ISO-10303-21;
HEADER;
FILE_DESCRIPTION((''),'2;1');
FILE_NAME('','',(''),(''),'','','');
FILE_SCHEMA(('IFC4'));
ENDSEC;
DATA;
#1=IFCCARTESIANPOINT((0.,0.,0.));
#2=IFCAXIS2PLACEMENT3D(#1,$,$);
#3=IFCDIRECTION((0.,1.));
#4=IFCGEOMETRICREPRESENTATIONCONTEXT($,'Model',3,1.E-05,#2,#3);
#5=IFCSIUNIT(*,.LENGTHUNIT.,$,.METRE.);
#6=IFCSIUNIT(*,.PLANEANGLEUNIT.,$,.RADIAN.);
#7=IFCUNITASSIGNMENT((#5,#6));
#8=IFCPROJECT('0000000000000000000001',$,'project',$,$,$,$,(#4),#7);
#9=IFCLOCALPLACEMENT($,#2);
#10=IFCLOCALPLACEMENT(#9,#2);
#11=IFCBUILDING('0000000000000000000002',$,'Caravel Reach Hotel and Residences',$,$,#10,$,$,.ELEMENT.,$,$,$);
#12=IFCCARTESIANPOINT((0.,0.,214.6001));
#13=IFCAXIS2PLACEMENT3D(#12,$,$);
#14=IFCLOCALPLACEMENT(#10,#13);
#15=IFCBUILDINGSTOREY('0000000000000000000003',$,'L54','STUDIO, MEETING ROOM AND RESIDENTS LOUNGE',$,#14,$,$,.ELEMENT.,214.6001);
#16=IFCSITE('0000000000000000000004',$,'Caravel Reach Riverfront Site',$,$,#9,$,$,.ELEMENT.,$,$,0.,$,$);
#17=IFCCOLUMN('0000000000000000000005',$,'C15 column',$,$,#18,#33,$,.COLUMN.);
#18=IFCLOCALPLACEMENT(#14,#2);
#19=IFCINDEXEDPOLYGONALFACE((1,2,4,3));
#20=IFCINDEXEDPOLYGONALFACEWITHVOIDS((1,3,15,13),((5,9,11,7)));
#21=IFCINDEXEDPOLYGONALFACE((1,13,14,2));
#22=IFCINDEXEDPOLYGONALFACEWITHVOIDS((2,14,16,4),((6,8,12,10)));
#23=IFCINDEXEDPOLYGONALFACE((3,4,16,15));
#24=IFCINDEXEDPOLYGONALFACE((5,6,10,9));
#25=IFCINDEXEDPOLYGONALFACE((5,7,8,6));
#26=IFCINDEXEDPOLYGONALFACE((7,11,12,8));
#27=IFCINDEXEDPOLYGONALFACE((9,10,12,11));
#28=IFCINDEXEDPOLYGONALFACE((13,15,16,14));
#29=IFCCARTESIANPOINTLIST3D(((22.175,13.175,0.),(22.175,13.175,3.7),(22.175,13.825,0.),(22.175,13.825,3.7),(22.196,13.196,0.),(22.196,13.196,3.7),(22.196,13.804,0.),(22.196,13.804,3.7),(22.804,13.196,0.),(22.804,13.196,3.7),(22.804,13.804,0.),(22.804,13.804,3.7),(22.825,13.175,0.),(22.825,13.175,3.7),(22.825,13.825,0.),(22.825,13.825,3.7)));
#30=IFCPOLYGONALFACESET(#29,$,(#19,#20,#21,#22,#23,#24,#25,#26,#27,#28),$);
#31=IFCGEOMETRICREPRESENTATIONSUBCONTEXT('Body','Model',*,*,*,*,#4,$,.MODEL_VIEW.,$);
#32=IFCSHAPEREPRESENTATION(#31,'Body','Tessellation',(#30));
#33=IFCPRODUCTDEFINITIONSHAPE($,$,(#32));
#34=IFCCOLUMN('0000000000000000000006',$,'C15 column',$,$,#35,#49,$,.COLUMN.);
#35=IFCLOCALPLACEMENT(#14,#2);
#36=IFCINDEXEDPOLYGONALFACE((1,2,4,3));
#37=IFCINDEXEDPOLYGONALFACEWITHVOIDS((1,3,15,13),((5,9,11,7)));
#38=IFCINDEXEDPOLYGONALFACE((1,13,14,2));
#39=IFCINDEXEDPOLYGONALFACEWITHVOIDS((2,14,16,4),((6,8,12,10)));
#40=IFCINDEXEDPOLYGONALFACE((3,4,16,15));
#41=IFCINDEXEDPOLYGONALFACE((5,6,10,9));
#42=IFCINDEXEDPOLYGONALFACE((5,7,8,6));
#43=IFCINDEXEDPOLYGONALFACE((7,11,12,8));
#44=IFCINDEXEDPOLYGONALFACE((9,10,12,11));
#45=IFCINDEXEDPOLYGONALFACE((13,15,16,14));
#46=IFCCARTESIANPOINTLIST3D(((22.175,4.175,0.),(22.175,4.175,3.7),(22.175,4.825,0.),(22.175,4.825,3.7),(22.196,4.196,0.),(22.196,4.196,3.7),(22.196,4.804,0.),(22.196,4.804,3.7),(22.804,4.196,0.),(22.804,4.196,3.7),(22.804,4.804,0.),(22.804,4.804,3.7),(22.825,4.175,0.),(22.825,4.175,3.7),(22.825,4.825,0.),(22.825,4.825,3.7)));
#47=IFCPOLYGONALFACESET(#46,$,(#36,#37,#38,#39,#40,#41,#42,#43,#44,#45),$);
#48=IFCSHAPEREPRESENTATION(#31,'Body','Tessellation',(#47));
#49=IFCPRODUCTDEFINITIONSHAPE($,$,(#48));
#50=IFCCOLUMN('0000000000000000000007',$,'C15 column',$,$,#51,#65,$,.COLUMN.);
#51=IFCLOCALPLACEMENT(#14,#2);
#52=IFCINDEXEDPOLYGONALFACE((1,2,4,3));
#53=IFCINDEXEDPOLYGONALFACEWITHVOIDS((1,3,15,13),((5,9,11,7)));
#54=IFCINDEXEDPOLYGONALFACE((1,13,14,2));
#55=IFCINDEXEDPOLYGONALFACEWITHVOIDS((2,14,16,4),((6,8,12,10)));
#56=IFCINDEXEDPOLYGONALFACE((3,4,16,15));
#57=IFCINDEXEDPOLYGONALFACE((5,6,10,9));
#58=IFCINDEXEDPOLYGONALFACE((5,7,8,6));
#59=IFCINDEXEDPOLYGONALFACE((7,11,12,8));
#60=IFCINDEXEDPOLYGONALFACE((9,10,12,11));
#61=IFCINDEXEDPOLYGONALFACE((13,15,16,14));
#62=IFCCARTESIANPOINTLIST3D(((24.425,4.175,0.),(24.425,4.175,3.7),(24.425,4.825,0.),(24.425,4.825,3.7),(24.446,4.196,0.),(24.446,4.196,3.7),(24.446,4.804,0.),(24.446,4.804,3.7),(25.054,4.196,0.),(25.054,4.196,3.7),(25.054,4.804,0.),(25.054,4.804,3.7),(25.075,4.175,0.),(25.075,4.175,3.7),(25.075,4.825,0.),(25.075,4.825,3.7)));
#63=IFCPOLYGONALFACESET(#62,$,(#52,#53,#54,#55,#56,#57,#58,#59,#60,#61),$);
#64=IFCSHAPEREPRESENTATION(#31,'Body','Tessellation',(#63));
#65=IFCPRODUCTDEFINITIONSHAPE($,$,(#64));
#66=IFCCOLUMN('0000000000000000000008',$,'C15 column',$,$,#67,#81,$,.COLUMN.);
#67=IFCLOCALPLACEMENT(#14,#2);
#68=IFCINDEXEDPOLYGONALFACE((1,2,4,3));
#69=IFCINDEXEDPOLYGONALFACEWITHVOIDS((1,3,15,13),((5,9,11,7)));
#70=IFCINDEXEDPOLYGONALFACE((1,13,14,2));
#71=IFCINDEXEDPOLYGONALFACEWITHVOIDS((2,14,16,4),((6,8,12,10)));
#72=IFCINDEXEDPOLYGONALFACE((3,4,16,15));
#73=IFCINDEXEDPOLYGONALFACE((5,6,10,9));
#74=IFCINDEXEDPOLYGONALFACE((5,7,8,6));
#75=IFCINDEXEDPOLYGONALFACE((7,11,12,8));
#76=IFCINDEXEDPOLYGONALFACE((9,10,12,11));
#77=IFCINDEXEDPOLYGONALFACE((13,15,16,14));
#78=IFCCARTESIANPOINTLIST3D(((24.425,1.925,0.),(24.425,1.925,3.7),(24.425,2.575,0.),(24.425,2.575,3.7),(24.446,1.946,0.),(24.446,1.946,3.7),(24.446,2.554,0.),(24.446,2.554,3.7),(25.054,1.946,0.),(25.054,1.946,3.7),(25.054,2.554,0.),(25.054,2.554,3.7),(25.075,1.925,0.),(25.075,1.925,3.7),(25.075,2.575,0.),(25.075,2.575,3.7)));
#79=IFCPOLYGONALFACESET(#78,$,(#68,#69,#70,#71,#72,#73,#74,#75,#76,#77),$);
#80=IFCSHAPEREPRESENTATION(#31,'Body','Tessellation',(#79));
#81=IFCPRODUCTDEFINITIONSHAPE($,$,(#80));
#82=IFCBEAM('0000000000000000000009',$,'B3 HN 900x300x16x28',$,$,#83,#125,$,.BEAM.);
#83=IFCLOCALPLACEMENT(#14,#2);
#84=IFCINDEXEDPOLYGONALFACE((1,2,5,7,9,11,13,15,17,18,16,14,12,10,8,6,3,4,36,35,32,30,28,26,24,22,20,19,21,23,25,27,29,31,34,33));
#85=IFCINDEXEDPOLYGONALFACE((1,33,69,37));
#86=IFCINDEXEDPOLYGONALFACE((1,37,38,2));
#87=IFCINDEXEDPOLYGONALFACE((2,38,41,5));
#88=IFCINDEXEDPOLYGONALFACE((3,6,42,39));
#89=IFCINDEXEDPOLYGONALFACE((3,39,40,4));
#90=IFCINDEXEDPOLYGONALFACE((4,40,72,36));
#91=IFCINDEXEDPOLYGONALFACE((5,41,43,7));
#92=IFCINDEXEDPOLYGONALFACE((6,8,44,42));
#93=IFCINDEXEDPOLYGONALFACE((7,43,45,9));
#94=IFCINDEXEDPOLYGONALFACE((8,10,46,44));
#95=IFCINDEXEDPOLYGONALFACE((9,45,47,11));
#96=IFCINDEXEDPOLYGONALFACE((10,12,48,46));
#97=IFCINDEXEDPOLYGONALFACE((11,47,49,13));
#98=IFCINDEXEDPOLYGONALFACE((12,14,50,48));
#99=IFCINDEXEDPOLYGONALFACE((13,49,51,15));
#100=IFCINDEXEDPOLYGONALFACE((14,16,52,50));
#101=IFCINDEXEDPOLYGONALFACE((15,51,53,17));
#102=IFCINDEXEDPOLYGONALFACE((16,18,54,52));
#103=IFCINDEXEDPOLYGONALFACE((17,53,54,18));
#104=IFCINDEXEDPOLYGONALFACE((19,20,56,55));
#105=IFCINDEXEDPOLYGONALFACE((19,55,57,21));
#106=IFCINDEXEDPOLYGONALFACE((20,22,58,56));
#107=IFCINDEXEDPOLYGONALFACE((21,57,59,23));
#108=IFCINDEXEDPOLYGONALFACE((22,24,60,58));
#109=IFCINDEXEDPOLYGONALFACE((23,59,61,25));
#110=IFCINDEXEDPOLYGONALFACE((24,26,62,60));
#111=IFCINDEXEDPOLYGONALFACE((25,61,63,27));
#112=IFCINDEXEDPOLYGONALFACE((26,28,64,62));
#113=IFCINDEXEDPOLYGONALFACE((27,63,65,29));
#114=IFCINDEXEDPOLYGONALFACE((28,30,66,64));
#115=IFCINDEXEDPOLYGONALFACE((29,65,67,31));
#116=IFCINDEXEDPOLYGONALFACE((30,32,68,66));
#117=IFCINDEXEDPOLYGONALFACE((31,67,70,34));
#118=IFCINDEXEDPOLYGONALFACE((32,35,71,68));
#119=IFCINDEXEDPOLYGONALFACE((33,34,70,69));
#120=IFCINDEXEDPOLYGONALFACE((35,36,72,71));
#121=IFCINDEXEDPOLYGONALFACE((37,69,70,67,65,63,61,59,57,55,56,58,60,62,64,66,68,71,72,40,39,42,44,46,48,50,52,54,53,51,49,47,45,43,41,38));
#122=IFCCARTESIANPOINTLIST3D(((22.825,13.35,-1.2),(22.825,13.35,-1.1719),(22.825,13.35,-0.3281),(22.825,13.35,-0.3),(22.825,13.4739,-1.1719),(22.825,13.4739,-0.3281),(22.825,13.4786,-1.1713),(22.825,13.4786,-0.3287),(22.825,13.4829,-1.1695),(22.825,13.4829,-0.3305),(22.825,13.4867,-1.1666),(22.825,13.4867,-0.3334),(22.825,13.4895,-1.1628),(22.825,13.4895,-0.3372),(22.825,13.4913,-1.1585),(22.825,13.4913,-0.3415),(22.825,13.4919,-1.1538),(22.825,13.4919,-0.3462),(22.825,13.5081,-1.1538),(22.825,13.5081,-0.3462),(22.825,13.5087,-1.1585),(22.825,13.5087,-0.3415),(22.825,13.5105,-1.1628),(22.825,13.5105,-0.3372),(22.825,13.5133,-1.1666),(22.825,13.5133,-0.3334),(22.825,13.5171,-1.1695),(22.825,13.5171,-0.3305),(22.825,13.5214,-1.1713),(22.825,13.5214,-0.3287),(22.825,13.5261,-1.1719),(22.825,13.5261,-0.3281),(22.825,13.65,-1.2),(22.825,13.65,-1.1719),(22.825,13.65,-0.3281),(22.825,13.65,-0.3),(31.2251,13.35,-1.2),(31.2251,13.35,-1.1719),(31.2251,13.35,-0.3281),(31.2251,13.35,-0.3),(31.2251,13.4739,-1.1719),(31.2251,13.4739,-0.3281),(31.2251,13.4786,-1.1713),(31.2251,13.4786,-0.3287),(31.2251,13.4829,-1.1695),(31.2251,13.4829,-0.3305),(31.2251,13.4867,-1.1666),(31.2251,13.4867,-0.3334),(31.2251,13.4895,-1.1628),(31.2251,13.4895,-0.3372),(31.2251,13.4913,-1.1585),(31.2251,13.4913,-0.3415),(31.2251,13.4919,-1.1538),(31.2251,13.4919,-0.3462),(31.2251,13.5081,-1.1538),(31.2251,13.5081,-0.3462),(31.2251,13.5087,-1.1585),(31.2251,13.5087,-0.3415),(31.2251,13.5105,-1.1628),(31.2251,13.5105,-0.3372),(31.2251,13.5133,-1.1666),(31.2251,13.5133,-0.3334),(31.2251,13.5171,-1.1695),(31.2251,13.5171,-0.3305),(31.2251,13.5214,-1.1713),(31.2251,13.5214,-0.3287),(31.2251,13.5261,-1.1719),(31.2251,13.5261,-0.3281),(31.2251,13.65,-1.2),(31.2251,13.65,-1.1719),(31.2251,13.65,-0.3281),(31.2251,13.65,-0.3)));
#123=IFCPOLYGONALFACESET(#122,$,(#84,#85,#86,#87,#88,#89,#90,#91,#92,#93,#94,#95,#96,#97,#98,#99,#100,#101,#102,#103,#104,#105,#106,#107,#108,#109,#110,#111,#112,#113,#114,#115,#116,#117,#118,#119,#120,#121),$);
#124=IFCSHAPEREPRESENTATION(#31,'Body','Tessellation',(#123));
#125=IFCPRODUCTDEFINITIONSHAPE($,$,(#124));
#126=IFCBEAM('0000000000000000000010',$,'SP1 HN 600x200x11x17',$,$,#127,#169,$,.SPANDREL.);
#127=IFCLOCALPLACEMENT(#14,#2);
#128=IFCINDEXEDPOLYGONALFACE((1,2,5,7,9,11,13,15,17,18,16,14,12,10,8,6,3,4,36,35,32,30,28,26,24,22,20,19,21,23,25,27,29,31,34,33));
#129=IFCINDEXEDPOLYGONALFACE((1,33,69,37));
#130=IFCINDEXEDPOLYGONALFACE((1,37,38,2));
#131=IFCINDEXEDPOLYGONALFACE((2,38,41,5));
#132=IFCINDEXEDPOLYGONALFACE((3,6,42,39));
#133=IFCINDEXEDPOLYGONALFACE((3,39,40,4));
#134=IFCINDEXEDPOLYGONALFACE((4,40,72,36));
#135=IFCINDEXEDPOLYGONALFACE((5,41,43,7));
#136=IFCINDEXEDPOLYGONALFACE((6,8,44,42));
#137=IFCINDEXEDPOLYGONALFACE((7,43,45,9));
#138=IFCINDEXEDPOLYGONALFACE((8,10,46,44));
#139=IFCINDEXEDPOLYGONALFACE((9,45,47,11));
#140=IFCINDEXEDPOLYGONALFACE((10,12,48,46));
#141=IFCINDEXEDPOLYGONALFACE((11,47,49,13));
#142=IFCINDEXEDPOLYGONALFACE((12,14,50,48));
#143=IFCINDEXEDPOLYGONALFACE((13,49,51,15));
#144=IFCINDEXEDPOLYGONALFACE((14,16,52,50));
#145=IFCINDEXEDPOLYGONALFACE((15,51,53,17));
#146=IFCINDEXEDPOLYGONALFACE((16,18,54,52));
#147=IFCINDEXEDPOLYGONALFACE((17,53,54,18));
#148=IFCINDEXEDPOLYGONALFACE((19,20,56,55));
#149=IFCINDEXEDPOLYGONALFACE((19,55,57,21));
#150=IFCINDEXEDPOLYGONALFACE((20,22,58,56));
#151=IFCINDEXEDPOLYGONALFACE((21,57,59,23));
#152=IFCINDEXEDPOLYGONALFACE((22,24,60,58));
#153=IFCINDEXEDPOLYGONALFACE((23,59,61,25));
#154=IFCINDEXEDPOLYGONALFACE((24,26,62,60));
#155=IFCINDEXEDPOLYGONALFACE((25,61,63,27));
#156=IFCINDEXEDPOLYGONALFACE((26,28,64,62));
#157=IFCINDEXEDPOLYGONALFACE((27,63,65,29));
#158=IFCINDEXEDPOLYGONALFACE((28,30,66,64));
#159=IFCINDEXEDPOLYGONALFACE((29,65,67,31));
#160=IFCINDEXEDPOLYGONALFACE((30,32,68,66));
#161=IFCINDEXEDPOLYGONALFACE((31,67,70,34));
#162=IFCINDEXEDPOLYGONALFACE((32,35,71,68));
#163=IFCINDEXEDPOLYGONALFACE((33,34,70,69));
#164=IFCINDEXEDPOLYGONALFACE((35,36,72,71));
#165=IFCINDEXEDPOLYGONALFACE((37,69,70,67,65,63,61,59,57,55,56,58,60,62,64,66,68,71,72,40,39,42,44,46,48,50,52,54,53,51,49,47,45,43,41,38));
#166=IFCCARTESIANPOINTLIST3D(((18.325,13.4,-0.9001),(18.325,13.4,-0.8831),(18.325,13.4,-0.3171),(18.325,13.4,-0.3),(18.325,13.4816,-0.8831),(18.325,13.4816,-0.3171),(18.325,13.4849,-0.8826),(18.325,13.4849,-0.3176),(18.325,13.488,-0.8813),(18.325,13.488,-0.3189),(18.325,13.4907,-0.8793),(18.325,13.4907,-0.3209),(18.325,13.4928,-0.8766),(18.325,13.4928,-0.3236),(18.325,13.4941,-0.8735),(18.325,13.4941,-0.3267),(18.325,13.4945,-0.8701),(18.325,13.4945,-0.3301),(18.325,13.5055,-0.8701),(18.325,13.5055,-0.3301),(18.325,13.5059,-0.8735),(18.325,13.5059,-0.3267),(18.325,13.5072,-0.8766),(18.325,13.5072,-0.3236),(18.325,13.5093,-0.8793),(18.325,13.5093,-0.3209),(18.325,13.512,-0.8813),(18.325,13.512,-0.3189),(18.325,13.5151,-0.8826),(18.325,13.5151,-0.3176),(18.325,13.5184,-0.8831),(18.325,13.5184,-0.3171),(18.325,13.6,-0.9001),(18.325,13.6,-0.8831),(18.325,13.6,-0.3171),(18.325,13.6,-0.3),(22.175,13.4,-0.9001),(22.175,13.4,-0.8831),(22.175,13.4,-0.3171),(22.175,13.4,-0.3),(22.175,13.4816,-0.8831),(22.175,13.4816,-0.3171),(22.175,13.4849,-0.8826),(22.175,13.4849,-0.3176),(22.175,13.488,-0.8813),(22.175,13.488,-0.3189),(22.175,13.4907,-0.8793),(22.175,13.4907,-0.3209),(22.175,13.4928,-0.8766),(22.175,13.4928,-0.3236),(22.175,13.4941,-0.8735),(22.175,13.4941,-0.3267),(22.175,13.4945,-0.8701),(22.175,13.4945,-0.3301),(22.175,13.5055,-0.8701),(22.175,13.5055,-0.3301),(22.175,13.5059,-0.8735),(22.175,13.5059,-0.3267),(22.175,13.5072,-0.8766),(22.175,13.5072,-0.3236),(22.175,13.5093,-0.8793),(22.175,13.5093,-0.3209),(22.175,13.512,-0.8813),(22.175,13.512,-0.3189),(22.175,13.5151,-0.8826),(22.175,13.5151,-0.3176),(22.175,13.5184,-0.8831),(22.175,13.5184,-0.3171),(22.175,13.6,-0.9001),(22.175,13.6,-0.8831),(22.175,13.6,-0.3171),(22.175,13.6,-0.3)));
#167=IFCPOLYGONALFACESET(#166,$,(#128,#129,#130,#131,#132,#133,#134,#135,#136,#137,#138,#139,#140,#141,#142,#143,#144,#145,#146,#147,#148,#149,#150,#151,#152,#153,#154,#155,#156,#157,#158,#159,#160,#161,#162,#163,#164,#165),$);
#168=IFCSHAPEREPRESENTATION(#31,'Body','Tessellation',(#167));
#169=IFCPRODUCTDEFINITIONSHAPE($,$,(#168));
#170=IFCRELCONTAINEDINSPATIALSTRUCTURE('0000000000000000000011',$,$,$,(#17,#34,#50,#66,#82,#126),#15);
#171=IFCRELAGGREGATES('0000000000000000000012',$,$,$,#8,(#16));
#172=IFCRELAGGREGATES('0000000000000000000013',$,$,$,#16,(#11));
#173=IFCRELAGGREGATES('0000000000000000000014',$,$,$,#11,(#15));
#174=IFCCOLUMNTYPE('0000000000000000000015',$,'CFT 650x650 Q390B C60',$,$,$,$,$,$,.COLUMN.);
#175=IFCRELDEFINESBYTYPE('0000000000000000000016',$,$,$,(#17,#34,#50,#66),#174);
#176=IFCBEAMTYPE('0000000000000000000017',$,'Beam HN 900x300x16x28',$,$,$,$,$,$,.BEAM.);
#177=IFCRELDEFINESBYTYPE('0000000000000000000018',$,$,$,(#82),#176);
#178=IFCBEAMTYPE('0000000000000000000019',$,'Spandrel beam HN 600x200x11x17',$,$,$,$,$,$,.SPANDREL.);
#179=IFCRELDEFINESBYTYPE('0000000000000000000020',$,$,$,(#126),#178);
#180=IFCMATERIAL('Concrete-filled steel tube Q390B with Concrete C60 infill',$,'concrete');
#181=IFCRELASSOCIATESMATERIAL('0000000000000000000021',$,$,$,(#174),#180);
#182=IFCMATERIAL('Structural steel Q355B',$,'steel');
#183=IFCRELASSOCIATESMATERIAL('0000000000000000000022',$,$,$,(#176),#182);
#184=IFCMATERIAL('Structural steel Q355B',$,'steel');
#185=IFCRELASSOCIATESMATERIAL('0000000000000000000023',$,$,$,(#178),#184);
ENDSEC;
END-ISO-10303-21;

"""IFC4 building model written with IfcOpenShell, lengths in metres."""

from ifc_helpers import new_model, si_unit, direction, frame, origin, origin_2d, place, context, subcontext, project, spatial, hollow_rectangle, i_section, extrude, material, material_profile, profile_set, type_object, element, save


model = new_model("IFC4")

# Units and contexts
model_context = context("Model", 3, precision=1e-05, world=origin(), true_north=direction((0.0, 1.0)))
body_context = subcontext(model_context, "Body", "Model", "MODEL_VIEW")
ifc_project = project(units=[si_unit("LENGTHUNIT", "METRE"), si_unit("PLANEANGLEUNIT", "RADIAN")], contexts=[model_context])

# Site, building, storey
site_placement = place(None, origin())
site = spatial("IfcSite", under=ifc_project, at=site_placement, Name="Caravel Reach Riverfront Site", CompositionType="ELEMENT", RefElevation=0.0)
building_placement = place(site_placement, origin())
building = spatial("IfcBuilding", under=site, at=building_placement, Name="Caravel Reach Hotel and Residences", CompositionType="ELEMENT")
storey_placement = place(building_placement, frame((0.0, 0.0, 214.6001)))
storey = spatial("IfcBuildingStorey", under=building, at=storey_placement, Name="L54", Description="STUDIO, MEETING ROOM AND RESIDENTS LOUNGE", CompositionType="ELEMENT", Elevation=214.6001)

# Columns
ifc_material_1 = material(Name="Concrete-filled steel tube Q390B with Concrete C60 infill", Category="concrete")
ifc_material_profile_1 = material_profile(ifc_material_1, hollow_rectangle(XDim=0.6499, YDim=0.6499, WallThickness=0.021, at=origin_2d()), Name="RHS 650x650x21")
ifc_profile_set_1 = profile_set([ifc_material_profile_1], Name="Concrete-filled steel tube Q390B with Concrete C60 infill")
column_type = type_object("IfcColumnType", Name="CFT 650x650 Q390B C60", PredefinedType="COLUMN", material=ifc_profile_set_1)
for number, where, z_axis, x_axis, name in (
    (1, (22.5, 13.5, 0.0), (0.0, 0.0, 1.0), (1.0, 0.0, 0.0), "C15 column"),
    (2, (22.5, 4.5, 0.0), (0.0, 0.0, 1.0), (1.0, 0.0, 0.0), "C15 column"),
    (3, (24.75, 4.5, 0.0), (0.0, 0.0, 1.0), (1.0, 0.0, 0.0), "C15 column"),
    (4, (24.75, 2.25, 0.0), (0.0, 0.0, 1.0), (1.0, 0.0, 0.0), "C15 column"),
):
    element("IfcColumn", number, at=place(storey_placement, frame(where, z_axis=z_axis, x_axis=x_axis)), inside=storey, type_object=column_type, Name=name, PredefinedType="COLUMN", context=body_context, shape_type="SweptSolid", body=[
        extrude(hollow_rectangle(XDim=0.6499, YDim=0.6499, WallThickness=0.021, at=origin_2d()), origin(), (0.0, 0.0, 1.0), 3.7),
    ])

# Beams
ifc_material_2 = material(Name="Structural steel Q355B", Category="steel")
ifc_material_profile_2 = material_profile(ifc_material_2, i_section(OverallWidth=0.3, OverallDepth=0.8999, WebThickness=0.0161, FlangeThickness=0.0281, FilletRadius=0.0181, at=origin_2d()), Name="HN 900x300x16x28")
ifc_profile_set_2 = profile_set([ifc_material_profile_2], Name="Structural steel Q355B")
beam_type_1 = type_object("IfcBeamType", Name="Beam HN 900x300x16x28", PredefinedType="BEAM", material=ifc_profile_set_2)
beam_1_placement = place(storey_placement, frame((22.825, 13.5, -0.75), z_axis=(1.0, 0.0, 0.0), x_axis=(0.0, 1.0, 0.0)))
element("IfcBeam", 5, at=beam_1_placement, inside=storey, type_object=beam_type_1, Name="B3 HN 900x300x16x28", PredefinedType="BEAM", context=body_context, shape_type="SweptSolid", body=[
    extrude(i_section(OverallWidth=0.3, OverallDepth=0.8999, WebThickness=0.0161, FlangeThickness=0.0281, FilletRadius=0.0181, at=origin_2d()), origin(), (0.0, 0.0, 1.0), 8.4001),
])
ifc_material_3 = material(Name="Structural steel Q355B", Category="steel")
ifc_material_profile_3 = material_profile(ifc_material_3, i_section(OverallWidth=0.2, OverallDepth=0.6001, WebThickness=0.011, FlangeThickness=0.0171, FilletRadius=0.0129, at=origin_2d()), Name="HN 600x200x11x17")
ifc_profile_set_3 = profile_set([ifc_material_profile_3], Name="Structural steel Q355B")
beam_type_2 = type_object("IfcBeamType", Name="Spandrel beam HN 600x200x11x17", PredefinedType="SPANDREL", material=ifc_profile_set_3)
beam_2_placement = place(storey_placement, frame((18.325, 13.5, -0.6001), z_axis=(1.0, 0.0, 0.0), x_axis=(0.0, 1.0, 0.0)))
element("IfcBeam", 6, at=beam_2_placement, inside=storey, type_object=beam_type_2, Name="SP1 HN 600x200x11x17", PredefinedType="SPANDREL", context=body_context, shape_type="SweptSolid", body=[
    extrude(i_section(OverallWidth=0.2, OverallDepth=0.6001, WebThickness=0.011, FlangeThickness=0.0171, FilletRadius=0.0129, at=origin_2d()), origin(), (0.0, 0.0, 1.0), 3.8501),
])

save(model, "model.ifc")
